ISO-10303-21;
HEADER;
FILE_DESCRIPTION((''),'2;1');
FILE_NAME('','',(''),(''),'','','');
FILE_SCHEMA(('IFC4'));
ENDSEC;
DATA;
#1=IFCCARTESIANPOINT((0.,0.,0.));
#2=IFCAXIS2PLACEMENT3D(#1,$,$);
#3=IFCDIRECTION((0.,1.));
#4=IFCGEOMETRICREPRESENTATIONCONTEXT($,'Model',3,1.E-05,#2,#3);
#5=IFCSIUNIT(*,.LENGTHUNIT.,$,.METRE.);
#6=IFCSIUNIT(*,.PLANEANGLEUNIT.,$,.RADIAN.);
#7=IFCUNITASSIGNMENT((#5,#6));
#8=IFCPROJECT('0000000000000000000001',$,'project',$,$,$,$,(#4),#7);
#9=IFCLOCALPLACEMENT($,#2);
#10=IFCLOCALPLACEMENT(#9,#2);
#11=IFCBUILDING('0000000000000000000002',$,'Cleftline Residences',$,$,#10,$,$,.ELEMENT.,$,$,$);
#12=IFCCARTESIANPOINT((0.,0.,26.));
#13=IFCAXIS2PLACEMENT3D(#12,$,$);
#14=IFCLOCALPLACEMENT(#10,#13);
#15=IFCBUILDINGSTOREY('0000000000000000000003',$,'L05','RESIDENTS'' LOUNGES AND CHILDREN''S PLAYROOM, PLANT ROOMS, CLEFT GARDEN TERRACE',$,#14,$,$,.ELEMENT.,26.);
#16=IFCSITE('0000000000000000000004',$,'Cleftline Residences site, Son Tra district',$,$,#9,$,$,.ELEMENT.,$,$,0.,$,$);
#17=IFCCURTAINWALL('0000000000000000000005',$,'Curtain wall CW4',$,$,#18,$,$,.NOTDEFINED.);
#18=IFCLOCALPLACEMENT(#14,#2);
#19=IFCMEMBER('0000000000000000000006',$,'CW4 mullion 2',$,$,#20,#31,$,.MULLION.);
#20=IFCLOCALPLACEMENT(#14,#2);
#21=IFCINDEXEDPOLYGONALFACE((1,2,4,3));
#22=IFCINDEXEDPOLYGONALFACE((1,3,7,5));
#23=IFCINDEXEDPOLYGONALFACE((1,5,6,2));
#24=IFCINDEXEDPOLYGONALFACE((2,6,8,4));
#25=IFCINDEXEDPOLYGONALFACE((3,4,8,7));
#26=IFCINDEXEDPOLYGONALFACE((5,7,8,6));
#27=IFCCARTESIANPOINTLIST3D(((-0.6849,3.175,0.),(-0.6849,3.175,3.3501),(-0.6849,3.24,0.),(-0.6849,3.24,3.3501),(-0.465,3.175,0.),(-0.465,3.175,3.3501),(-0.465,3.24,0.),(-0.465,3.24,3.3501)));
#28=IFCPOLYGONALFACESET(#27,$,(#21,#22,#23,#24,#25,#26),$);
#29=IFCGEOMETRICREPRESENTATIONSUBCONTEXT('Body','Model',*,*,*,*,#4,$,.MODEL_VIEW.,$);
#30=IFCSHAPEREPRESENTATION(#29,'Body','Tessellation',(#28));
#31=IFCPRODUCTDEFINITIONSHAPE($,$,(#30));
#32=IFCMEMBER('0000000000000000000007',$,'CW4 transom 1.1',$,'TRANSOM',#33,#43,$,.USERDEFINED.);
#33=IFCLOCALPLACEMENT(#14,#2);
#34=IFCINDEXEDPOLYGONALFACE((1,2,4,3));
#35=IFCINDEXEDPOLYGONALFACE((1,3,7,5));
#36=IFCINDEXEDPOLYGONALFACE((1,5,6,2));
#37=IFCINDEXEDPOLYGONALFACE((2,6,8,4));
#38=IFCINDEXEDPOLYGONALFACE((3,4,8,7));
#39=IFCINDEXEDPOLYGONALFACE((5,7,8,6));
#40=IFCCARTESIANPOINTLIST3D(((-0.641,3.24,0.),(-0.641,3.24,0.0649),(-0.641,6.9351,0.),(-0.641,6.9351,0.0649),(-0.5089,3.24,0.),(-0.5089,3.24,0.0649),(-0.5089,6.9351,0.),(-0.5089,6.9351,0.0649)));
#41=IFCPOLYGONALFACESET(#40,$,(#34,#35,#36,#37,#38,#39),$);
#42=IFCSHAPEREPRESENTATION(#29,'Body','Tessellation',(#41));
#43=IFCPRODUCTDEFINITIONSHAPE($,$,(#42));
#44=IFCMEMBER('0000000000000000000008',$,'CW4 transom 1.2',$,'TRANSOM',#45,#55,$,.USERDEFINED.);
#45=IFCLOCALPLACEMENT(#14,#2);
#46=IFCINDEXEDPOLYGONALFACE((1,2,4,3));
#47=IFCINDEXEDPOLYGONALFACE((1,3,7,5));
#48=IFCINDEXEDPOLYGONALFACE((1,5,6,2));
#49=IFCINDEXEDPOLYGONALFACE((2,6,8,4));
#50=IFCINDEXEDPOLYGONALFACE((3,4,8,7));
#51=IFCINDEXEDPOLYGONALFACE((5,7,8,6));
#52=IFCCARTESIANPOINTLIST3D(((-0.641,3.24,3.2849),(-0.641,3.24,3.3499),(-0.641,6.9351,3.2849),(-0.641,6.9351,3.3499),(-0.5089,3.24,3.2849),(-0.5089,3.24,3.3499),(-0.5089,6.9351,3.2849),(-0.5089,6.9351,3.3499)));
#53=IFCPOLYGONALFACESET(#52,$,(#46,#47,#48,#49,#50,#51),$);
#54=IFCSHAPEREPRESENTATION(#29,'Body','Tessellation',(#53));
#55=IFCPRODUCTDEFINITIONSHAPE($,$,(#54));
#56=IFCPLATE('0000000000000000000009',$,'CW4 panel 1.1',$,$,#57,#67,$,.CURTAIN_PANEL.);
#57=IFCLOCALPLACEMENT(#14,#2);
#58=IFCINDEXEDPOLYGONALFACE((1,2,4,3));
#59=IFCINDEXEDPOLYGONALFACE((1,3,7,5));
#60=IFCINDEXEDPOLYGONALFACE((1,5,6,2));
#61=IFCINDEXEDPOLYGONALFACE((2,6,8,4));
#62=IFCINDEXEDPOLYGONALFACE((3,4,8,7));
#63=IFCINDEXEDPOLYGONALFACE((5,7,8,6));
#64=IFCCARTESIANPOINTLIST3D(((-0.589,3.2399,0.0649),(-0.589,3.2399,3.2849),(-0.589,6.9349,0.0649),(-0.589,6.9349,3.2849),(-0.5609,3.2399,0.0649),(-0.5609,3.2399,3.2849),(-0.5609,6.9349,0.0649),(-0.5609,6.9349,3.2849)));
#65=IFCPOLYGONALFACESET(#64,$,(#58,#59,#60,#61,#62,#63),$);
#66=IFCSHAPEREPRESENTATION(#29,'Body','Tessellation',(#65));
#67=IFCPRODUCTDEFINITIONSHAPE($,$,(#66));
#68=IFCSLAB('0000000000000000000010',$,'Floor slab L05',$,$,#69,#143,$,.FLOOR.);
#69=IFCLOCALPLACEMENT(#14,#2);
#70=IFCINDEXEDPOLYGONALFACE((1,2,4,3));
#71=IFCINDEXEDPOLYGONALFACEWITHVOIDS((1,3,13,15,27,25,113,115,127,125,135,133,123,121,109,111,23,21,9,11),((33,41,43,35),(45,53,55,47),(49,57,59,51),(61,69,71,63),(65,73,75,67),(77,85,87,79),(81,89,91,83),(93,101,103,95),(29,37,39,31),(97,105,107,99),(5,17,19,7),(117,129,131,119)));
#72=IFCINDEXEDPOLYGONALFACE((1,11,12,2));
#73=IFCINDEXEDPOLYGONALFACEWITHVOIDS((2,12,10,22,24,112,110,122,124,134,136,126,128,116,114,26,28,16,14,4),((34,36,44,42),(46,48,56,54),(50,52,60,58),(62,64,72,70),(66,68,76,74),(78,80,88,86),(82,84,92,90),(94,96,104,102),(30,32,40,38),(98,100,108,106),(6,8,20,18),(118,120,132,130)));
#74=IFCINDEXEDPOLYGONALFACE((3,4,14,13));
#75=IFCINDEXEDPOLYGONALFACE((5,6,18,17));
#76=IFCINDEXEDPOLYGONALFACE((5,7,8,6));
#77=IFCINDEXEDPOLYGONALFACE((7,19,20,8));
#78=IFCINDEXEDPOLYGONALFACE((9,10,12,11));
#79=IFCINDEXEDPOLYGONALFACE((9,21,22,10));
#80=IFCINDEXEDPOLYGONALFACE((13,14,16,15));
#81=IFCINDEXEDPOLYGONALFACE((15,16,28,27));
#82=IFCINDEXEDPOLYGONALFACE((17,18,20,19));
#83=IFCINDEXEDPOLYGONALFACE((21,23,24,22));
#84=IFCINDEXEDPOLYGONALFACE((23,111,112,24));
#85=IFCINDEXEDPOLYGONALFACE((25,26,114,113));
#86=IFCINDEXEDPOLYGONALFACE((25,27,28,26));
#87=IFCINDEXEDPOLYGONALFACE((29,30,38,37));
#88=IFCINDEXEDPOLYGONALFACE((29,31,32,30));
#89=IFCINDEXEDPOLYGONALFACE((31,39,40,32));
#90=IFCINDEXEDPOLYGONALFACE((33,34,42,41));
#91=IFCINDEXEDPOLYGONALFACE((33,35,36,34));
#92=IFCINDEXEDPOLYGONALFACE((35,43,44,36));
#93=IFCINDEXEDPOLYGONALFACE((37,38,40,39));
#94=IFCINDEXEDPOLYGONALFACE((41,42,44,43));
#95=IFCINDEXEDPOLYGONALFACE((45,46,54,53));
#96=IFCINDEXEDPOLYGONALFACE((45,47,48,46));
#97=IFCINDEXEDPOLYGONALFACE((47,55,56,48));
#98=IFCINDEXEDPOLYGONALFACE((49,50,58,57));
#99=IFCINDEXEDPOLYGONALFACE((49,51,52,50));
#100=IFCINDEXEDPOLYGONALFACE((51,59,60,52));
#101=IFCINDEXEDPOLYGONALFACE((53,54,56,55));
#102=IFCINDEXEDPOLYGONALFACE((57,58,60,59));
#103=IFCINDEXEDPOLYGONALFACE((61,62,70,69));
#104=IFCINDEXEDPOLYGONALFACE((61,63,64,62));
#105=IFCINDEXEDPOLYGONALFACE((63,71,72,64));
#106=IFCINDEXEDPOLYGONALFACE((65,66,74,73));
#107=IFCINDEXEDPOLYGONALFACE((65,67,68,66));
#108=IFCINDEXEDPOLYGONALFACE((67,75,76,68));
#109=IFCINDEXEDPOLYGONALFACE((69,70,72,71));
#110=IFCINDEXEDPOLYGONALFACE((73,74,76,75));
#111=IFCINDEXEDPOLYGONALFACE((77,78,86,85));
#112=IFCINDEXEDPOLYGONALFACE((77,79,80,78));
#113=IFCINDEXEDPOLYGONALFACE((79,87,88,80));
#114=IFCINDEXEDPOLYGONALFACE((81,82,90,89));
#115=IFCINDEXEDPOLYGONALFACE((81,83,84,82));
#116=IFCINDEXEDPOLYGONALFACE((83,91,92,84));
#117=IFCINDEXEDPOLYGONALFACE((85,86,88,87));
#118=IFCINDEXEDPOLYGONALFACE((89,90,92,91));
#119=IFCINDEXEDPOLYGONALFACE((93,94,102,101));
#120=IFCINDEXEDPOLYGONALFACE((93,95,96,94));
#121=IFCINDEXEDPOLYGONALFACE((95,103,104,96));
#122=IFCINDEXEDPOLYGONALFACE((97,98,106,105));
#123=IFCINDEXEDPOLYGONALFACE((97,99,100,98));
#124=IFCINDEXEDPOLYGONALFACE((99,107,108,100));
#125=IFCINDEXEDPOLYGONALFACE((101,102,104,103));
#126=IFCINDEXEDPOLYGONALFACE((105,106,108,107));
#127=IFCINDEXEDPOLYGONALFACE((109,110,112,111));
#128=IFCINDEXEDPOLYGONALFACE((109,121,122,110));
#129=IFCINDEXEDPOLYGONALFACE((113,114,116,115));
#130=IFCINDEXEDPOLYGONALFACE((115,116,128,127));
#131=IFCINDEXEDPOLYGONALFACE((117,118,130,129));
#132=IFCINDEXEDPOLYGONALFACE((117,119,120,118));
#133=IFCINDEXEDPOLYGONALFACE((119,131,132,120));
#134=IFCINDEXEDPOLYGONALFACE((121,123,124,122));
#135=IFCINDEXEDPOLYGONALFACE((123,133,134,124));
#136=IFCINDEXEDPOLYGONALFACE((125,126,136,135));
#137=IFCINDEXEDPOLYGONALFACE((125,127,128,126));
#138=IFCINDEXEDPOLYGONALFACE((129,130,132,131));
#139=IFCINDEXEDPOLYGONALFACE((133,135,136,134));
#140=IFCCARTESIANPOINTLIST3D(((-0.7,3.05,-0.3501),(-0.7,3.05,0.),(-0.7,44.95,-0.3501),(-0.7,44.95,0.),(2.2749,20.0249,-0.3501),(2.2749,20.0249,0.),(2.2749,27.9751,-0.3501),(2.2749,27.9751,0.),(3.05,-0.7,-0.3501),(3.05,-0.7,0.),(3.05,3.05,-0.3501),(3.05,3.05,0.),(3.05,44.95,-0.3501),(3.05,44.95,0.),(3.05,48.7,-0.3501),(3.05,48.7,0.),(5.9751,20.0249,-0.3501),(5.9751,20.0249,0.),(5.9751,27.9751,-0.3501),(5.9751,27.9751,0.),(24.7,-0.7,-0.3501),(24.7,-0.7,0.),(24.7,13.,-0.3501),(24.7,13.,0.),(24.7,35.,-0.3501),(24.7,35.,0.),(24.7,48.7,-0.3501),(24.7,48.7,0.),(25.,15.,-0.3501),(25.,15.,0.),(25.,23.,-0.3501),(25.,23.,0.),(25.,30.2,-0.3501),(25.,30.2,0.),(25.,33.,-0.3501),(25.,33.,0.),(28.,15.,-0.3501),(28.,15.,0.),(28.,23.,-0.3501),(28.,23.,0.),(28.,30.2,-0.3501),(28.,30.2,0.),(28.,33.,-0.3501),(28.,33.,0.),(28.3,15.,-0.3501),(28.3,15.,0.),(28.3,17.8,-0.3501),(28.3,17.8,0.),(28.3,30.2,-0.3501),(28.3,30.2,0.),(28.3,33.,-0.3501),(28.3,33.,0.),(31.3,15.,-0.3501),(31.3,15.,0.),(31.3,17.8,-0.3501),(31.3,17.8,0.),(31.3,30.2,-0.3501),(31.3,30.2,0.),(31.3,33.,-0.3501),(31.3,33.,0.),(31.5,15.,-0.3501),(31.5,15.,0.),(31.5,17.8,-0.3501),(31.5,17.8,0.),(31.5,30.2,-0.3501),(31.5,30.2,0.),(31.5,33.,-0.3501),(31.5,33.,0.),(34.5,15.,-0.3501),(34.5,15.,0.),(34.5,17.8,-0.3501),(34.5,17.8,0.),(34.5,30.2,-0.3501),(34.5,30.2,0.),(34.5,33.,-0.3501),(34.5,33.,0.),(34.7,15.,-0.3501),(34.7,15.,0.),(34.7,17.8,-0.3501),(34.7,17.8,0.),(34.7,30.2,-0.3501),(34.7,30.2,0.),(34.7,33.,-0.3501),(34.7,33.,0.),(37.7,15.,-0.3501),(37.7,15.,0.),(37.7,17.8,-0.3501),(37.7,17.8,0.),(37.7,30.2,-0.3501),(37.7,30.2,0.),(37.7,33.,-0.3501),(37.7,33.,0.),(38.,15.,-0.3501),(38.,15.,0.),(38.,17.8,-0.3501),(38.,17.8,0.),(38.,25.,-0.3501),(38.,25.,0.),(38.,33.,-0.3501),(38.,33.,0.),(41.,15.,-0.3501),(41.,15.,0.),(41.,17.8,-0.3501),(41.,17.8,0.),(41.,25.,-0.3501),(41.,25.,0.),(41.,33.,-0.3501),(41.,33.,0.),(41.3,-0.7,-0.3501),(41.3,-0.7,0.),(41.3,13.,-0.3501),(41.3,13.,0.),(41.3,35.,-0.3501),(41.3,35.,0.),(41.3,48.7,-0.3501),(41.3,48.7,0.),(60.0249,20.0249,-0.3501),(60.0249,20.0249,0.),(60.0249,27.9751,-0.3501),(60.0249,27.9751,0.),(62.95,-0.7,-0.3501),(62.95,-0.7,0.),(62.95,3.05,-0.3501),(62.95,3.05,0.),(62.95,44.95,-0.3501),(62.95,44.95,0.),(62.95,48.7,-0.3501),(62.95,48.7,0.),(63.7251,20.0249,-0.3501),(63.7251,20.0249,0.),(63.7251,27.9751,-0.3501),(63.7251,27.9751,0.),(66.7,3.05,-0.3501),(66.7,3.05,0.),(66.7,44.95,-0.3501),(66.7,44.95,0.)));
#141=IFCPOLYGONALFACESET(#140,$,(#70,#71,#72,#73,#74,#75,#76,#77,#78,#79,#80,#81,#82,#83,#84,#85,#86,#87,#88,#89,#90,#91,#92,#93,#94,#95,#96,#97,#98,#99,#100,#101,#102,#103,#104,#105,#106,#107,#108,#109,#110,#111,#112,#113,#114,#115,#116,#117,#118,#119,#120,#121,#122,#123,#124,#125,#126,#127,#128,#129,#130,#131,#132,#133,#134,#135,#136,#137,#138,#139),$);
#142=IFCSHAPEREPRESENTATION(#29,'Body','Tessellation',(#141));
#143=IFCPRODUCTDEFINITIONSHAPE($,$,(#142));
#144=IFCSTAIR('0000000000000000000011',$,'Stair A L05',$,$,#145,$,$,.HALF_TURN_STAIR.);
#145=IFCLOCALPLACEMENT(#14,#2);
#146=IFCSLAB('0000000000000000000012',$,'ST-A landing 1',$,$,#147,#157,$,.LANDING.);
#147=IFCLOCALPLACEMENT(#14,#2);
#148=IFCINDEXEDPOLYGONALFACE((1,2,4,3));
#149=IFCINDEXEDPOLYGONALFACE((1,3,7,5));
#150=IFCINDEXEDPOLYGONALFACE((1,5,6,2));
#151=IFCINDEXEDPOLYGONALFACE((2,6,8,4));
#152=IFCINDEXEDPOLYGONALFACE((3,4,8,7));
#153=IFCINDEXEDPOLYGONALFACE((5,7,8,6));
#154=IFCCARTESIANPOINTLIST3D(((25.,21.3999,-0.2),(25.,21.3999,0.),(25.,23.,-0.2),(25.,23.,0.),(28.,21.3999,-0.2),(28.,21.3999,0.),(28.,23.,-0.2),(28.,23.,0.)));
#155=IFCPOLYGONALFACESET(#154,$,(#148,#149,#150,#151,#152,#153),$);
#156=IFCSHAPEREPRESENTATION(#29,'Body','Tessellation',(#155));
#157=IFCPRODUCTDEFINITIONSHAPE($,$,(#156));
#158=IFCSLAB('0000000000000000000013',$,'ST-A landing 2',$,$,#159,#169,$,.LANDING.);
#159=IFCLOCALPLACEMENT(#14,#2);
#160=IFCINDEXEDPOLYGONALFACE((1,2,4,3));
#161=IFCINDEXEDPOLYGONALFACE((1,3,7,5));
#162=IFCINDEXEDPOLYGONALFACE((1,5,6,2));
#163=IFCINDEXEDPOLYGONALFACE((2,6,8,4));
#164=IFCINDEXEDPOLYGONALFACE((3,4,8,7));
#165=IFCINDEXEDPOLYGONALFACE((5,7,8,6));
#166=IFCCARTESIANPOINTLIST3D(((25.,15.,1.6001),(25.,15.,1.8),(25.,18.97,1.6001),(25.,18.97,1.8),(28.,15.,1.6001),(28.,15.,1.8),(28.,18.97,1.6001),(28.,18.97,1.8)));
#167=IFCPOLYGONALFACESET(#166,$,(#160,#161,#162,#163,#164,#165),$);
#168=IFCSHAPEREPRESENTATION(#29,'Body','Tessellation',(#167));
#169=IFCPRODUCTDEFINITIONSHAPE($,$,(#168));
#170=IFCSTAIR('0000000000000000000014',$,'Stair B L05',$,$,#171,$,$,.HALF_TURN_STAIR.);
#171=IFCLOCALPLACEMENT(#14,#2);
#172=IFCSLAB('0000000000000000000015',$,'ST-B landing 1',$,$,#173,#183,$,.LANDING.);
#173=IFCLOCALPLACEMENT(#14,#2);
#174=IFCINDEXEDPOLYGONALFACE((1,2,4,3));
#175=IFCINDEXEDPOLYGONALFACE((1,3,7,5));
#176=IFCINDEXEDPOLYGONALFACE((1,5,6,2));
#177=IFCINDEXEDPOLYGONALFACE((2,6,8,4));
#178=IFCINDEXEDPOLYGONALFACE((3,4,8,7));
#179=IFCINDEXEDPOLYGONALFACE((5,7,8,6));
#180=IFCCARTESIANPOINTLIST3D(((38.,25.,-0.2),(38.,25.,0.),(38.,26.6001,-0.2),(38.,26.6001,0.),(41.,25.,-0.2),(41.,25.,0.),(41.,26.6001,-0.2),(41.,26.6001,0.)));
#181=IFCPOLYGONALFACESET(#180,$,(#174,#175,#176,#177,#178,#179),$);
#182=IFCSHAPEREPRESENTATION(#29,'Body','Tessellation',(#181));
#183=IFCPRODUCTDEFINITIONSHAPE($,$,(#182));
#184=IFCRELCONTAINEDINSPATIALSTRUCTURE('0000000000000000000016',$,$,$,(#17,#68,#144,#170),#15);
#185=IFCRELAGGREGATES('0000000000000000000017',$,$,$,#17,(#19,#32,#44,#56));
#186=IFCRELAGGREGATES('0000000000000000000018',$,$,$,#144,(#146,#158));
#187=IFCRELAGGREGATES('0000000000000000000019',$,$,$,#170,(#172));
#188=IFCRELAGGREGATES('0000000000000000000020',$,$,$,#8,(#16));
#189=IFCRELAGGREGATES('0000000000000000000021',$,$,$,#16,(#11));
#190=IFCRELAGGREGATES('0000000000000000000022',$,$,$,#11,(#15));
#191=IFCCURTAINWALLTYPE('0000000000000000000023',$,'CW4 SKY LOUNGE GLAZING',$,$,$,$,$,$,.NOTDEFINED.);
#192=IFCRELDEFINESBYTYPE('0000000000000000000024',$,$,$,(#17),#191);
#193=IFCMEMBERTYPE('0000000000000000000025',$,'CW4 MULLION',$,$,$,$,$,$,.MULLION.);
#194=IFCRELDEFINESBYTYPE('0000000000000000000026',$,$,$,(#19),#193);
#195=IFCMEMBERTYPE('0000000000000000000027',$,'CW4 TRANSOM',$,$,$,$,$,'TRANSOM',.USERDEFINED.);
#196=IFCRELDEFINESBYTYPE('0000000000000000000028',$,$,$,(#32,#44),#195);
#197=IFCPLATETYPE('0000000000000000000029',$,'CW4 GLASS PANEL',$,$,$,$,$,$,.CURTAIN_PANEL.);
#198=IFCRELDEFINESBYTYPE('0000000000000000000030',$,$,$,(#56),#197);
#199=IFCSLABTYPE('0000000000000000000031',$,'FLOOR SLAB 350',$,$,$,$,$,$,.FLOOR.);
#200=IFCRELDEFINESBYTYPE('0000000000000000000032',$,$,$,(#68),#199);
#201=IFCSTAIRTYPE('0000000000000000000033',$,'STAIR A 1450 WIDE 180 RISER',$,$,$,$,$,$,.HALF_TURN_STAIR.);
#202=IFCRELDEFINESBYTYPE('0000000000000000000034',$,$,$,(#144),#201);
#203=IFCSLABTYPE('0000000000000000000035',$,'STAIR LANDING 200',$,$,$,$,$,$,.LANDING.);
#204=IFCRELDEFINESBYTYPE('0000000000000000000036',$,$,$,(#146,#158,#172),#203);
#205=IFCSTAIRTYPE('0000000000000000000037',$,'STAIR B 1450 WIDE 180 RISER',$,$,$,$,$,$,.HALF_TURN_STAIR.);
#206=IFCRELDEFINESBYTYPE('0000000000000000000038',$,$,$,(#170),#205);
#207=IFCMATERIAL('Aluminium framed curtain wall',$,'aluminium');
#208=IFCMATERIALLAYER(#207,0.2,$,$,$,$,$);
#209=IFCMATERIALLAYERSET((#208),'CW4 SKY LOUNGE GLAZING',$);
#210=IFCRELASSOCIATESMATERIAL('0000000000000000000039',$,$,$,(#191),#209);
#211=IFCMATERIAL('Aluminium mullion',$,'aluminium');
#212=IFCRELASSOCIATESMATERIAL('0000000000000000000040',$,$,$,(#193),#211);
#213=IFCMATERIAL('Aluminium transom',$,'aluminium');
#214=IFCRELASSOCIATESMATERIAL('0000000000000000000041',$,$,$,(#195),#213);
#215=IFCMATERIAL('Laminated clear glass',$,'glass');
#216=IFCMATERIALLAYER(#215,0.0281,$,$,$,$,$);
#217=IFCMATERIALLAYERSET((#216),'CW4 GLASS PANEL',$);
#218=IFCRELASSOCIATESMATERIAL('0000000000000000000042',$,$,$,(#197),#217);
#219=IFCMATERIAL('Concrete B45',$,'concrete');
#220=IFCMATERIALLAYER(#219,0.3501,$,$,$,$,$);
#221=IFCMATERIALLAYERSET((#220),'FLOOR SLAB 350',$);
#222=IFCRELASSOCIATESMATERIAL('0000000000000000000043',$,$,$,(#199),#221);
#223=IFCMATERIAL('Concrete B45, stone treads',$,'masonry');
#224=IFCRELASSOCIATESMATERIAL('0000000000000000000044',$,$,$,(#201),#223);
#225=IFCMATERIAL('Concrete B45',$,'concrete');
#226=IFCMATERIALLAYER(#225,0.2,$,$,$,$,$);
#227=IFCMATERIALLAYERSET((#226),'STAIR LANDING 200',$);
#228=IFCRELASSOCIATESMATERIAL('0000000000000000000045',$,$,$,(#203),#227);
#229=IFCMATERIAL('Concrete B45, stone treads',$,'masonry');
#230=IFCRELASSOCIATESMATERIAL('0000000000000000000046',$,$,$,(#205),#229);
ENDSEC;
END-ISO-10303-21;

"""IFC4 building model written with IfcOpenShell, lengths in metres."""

from ifc_helpers import new_model, si_unit, direction, frame, origin, origin_2d, place, context, subcontext, project, spatial, polyline, rectangle, outline, extrude, material, layer, layer_set, material_profile, profile_set, type_object, element, aggregate, save


model = new_model("IFC4")

# Units and contexts
model_context = context("Model", 3, precision=1e-05, world=origin(), true_north=direction((0.0, 1.0)))
body_context = subcontext(model_context, "Body", "Model", "MODEL_VIEW")
ifc_project = project(units=[si_unit("LENGTHUNIT", "METRE"), si_unit("PLANEANGLEUNIT", "RADIAN")], contexts=[model_context])

# Site, building, storey
site_placement = place(None, origin())
site = spatial("IfcSite", under=ifc_project, at=site_placement, Name="Cleftline Residences site, Son Tra district", CompositionType="ELEMENT", RefElevation=0.0)
building_placement = place(site_placement, origin())
building = spatial("IfcBuilding", under=site, at=building_placement, Name="Cleftline Residences", CompositionType="ELEMENT")
storey_placement = place(building_placement, frame((0.0, 0.0, 26.0)))
storey = spatial("IfcBuildingStorey", under=building, at=storey_placement, Name="L05", Description="RESIDENTS' LOUNGES AND CHILDREN'S PLAYROOM, PLANT ROOMS, CLEFT GARDEN TERRACE", CompositionType="ELEMENT", Elevation=26.0)

# Curtain wall, members, plate
ifc_material_1 = material(Name="Aluminium framed curtain wall", Category="aluminium")
ifc_layer_1 = layer(ifc_material_1, 0.2)
ifc_layer_set_1 = layer_set([ifc_layer_1], Name="CW4 SKY LOUNGE GLAZING")
curtain_wall_type = type_object("IfcCurtainWallType", Name="CW4 SKY LOUNGE GLAZING", PredefinedType="NOTDEFINED", material=ifc_layer_set_1)
curtain_wall_placement = place(storey_placement, origin())
curtain_wall = element("IfcCurtainWall", 1, at=curtain_wall_placement, inside=storey, type_object=curtain_wall_type, Name="Curtain wall CW4", PredefinedType="NOTDEFINED")
ifc_material_2 = material(Name="Aluminium mullion", Category="aluminium")
ifc_material_profile_1 = material_profile(ifc_material_2, rectangle(XDim=0.22, YDim=0.0649, at=origin_2d()))
ifc_profile_set_1 = profile_set([ifc_material_profile_1], Name="Aluminium mullion")
member_type_1 = type_object("IfcMemberType", Name="CW4 MULLION", PredefinedType="MULLION", material=ifc_profile_set_1)
member_1_placement = place(storey_placement, frame((-0.575, 3.2075, 0.0), z_axis=(0.0, 0.0, 1.0), x_axis=(1.0, 0.0, 0.0)))
member_1 = element("IfcMember", 2, at=member_1_placement, type_object=member_type_1, Name="CW4 mullion 2", PredefinedType="MULLION", context=body_context, shape_type="SweptSolid", body=[
    extrude(rectangle(XDim=0.22, YDim=0.0649, at=origin_2d()), origin(), (0.0, 0.0, 1.0), 3.3501),
])
ifc_material_3 = material(Name="Aluminium transom", Category="aluminium")
ifc_material_profile_2 = material_profile(ifc_material_3, rectangle(XDim=0.1321, YDim=0.0649, at=origin_2d()))
ifc_profile_set_2 = profile_set([ifc_material_profile_2], Name="Aluminium transom")
member_type_2 = type_object("IfcMemberType", Name="CW4 TRANSOM", ElementType="TRANSOM", PredefinedType="USERDEFINED", material=ifc_profile_set_2)
member_2_placement = place(storey_placement, frame((-0.575, 6.9351, 0.0325), z_axis=(0.0, -1.0, 0.0), x_axis=(1.0, 0.0, 0.0)))
member_2 = element("IfcMember", 3, at=member_2_placement, type_object=member_type_2, Name="CW4 transom 1.1", ObjectType="TRANSOM", PredefinedType="USERDEFINED", context=body_context, shape_type="SweptSolid", body=[
    extrude(rectangle(XDim=0.1321, YDim=0.0649, at=origin_2d()), origin(), (0.0, 0.0, 1.0), 3.6951),
])
member_3_placement = place(storey_placement, frame((-0.575, 6.9351, 3.3174), z_axis=(0.0, -1.0, 0.0), x_axis=(1.0, 0.0, 0.0)))
member_3 = element("IfcMember", 4, at=member_3_placement, type_object=member_type_2, Name="CW4 transom 1.2", ObjectType="TRANSOM", PredefinedType="USERDEFINED", context=body_context, shape_type="SweptSolid", body=[
    extrude(rectangle(XDim=0.1321, YDim=0.0649, at=origin_2d()), origin(), (0.0, 0.0, 1.0), 3.6951),
])
ifc_material_4 = material(Name="Laminated clear glass", Category="glass")
ifc_layer_2 = layer(ifc_material_4, 0.0281)
ifc_layer_set_2 = layer_set([ifc_layer_2], Name="CW4 GLASS PANEL")
plate_type = type_object("IfcPlateType", Name="CW4 GLASS PANEL", PredefinedType="CURTAIN_PANEL", material=ifc_layer_set_2)
plate_placement = place(storey_placement, frame((-0.575, 5.0874, 0.0649), z_axis=(0.0, 0.0, 1.0), x_axis=(0.0, -1.0, 0.0)))
plate = element("IfcPlate", 5, at=plate_placement, type_object=plate_type, Name="CW4 panel 1.1", PredefinedType="CURTAIN_PANEL", context=body_context, shape_type="SweptSolid", body=[
    extrude(rectangle(XDim=3.6951, YDim=0.0281, at=origin_2d()), origin(), (0.0, 0.0, 1.0), 3.22),
])
aggregate(curtain_wall, [member_1, member_2, member_3, plate])

# Slab
ifc_material_5 = material(Name="Concrete B45", Category="concrete")
ifc_layer_3 = layer(ifc_material_5, 0.3501)
ifc_layer_set_3 = layer_set([ifc_layer_3], Name="FLOOR SLAB 350")
slab_type_1 = type_object("IfcSlabType", Name="FLOOR SLAB 350", PredefinedType="FLOOR", material=ifc_layer_set_3)
slab_1_placement = place(storey_placement, frame((0.0, 0.0, -0.3501)))
element("IfcSlab", 6, at=slab_1_placement, inside=storey, type_object=slab_type_1, Name="Floor slab L05", PredefinedType="FLOOR", context=body_context, shape_type="SweptSolid", body=[
    extrude(outline(polyline([(24.7, 13.0), (41.3, 13.0), (41.3, -0.7), (62.95, -0.7), (62.95, 3.05), (66.7, 3.05), (66.7, 44.95), (62.95, 44.95), (62.95, 48.7), (41.3, 48.7), (41.3, 35.0), (24.7, 35.0), (24.7, 48.7), (3.05, 48.7), (3.05, 44.95), (-0.7, 44.95), (-0.7, 3.05), (3.05, 3.05), (3.05, -0.7), (24.7, -0.7), (24.7, 13.0)]), holes=[polyline([(28.0, 15.0), (28.0, 23.0), (25.0, 23.0), (25.0, 15.0), (28.0, 15.0)]), polyline([(41.0, 25.0), (41.0, 33.0), (38.0, 33.0), (38.0, 25.0), (41.0, 25.0)]), polyline([(28.0, 30.2), (28.0, 33.0), (25.0, 33.0), (25.0, 30.2), (28.0, 30.2)]), polyline([(41.0, 15.0), (41.0, 17.8), (38.0, 17.8), (38.0, 15.0), (41.0, 15.0)]), polyline([(31.3, 15.0), (31.3, 17.8), (28.3, 17.8), (28.3, 15.0), (31.3, 15.0)]), polyline([(34.5, 15.0), (34.5, 17.8), (31.5, 17.8), (31.5, 15.0), (34.5, 15.0)]), polyline([(37.7, 15.0), (37.7, 17.8), (34.7, 17.8), (34.7, 15.0), (37.7, 15.0)]), polyline([(31.3, 30.2), (31.3, 33.0), (28.3, 33.0), (28.3, 30.2), (31.3, 30.2)]), polyline([(34.5, 30.2), (34.5, 33.0), (31.5, 33.0), (31.5, 30.2), (34.5, 30.2)]), polyline([(37.7, 30.2), (37.7, 33.0), (34.7, 33.0), (34.7, 30.2), (37.7, 30.2)]), polyline([(63.7251, 20.0249), (63.7251, 27.9751), (60.0249, 27.9751), (60.0249, 20.0249), (63.7251, 20.0249)]), polyline([(5.9751, 20.0249), (5.9751, 27.9751), (2.2749, 27.9751), (2.2749, 20.0249), (5.9751, 20.0249)])]), origin(), (0.0, 0.0, 1.0), 0.3501),
])

# Stairs, slabs
ifc_material_6 = material(Name="Concrete B45, stone treads", Category="masonry")
stair_type_1 = type_object("IfcStairType", Name="STAIR A 1450 WIDE 180 RISER", PredefinedType="HALF_TURN_STAIR", material=ifc_material_6)
stair_1_placement = place(storey_placement, origin())
stair_1 = element("IfcStair", 7, at=stair_1_placement, inside=storey, type_object=stair_type_1, Name="Stair A L05", PredefinedType="HALF_TURN_STAIR")
ifc_material_7 = material(Name="Concrete B45", Category="concrete")
ifc_layer_4 = layer(ifc_material_7, 0.2)
ifc_layer_set_4 = layer_set([ifc_layer_4], Name="STAIR LANDING 200")
slab_type_2 = type_object("IfcSlabType", Name="STAIR LANDING 200", PredefinedType="LANDING", material=ifc_layer_set_4)
slab_2_placement = place(storey_placement, frame((0.0, 0.0, -0.2)))
slab_2 = element("IfcSlab", 8, at=slab_2_placement, type_object=slab_type_2, Name="ST-A landing 1", PredefinedType="LANDING", context=body_context, shape_type="SweptSolid", body=[
    extrude(outline(polyline([(25.0, 21.3999), (28.0, 21.3999), (28.0, 23.0), (25.0, 23.0), (25.0, 21.3999)])), origin(), (0.0, 0.0, 1.0), 0.2),
])
slab_3_placement = place(storey_placement, frame((0.0, 0.0, 1.6001)))
slab_3 = element("IfcSlab", 9, at=slab_3_placement, type_object=slab_type_2, Name="ST-A landing 2", PredefinedType="LANDING", context=body_context, shape_type="SweptSolid", body=[
    extrude(outline(polyline([(25.0, 15.0), (28.0, 15.0), (28.0, 18.97), (25.0, 18.97), (25.0, 15.0)])), origin(), (0.0, 0.0, 1.0), 0.2),
])
aggregate(stair_1, [slab_2, slab_3])
ifc_material_8 = material(Name="Concrete B45, stone treads", Category="masonry")
stair_type_2 = type_object("IfcStairType", Name="STAIR B 1450 WIDE 180 RISER", PredefinedType="HALF_TURN_STAIR", material=ifc_material_8)
stair_2_placement = place(storey_placement, origin())
stair_2 = element("IfcStair", 10, at=stair_2_placement, inside=storey, type_object=stair_type_2, Name="Stair B L05", PredefinedType="HALF_TURN_STAIR")
slab_4_placement = place(storey_placement, frame((0.0, 0.0, -0.2)))
slab_4 = element("IfcSlab", 11, at=slab_4_placement, type_object=slab_type_2, Name="ST-B landing 1", PredefinedType="LANDING", context=body_context, shape_type="SweptSolid", body=[
    extrude(outline(polyline([(38.0, 25.0), (41.0, 25.0), (41.0, 26.6001), (38.0, 26.6001), (38.0, 25.0)])), origin(), (0.0, 0.0, 1.0), 0.2),
])
aggregate(stair_2, [slab_4])

save(model, "model.ifc")
